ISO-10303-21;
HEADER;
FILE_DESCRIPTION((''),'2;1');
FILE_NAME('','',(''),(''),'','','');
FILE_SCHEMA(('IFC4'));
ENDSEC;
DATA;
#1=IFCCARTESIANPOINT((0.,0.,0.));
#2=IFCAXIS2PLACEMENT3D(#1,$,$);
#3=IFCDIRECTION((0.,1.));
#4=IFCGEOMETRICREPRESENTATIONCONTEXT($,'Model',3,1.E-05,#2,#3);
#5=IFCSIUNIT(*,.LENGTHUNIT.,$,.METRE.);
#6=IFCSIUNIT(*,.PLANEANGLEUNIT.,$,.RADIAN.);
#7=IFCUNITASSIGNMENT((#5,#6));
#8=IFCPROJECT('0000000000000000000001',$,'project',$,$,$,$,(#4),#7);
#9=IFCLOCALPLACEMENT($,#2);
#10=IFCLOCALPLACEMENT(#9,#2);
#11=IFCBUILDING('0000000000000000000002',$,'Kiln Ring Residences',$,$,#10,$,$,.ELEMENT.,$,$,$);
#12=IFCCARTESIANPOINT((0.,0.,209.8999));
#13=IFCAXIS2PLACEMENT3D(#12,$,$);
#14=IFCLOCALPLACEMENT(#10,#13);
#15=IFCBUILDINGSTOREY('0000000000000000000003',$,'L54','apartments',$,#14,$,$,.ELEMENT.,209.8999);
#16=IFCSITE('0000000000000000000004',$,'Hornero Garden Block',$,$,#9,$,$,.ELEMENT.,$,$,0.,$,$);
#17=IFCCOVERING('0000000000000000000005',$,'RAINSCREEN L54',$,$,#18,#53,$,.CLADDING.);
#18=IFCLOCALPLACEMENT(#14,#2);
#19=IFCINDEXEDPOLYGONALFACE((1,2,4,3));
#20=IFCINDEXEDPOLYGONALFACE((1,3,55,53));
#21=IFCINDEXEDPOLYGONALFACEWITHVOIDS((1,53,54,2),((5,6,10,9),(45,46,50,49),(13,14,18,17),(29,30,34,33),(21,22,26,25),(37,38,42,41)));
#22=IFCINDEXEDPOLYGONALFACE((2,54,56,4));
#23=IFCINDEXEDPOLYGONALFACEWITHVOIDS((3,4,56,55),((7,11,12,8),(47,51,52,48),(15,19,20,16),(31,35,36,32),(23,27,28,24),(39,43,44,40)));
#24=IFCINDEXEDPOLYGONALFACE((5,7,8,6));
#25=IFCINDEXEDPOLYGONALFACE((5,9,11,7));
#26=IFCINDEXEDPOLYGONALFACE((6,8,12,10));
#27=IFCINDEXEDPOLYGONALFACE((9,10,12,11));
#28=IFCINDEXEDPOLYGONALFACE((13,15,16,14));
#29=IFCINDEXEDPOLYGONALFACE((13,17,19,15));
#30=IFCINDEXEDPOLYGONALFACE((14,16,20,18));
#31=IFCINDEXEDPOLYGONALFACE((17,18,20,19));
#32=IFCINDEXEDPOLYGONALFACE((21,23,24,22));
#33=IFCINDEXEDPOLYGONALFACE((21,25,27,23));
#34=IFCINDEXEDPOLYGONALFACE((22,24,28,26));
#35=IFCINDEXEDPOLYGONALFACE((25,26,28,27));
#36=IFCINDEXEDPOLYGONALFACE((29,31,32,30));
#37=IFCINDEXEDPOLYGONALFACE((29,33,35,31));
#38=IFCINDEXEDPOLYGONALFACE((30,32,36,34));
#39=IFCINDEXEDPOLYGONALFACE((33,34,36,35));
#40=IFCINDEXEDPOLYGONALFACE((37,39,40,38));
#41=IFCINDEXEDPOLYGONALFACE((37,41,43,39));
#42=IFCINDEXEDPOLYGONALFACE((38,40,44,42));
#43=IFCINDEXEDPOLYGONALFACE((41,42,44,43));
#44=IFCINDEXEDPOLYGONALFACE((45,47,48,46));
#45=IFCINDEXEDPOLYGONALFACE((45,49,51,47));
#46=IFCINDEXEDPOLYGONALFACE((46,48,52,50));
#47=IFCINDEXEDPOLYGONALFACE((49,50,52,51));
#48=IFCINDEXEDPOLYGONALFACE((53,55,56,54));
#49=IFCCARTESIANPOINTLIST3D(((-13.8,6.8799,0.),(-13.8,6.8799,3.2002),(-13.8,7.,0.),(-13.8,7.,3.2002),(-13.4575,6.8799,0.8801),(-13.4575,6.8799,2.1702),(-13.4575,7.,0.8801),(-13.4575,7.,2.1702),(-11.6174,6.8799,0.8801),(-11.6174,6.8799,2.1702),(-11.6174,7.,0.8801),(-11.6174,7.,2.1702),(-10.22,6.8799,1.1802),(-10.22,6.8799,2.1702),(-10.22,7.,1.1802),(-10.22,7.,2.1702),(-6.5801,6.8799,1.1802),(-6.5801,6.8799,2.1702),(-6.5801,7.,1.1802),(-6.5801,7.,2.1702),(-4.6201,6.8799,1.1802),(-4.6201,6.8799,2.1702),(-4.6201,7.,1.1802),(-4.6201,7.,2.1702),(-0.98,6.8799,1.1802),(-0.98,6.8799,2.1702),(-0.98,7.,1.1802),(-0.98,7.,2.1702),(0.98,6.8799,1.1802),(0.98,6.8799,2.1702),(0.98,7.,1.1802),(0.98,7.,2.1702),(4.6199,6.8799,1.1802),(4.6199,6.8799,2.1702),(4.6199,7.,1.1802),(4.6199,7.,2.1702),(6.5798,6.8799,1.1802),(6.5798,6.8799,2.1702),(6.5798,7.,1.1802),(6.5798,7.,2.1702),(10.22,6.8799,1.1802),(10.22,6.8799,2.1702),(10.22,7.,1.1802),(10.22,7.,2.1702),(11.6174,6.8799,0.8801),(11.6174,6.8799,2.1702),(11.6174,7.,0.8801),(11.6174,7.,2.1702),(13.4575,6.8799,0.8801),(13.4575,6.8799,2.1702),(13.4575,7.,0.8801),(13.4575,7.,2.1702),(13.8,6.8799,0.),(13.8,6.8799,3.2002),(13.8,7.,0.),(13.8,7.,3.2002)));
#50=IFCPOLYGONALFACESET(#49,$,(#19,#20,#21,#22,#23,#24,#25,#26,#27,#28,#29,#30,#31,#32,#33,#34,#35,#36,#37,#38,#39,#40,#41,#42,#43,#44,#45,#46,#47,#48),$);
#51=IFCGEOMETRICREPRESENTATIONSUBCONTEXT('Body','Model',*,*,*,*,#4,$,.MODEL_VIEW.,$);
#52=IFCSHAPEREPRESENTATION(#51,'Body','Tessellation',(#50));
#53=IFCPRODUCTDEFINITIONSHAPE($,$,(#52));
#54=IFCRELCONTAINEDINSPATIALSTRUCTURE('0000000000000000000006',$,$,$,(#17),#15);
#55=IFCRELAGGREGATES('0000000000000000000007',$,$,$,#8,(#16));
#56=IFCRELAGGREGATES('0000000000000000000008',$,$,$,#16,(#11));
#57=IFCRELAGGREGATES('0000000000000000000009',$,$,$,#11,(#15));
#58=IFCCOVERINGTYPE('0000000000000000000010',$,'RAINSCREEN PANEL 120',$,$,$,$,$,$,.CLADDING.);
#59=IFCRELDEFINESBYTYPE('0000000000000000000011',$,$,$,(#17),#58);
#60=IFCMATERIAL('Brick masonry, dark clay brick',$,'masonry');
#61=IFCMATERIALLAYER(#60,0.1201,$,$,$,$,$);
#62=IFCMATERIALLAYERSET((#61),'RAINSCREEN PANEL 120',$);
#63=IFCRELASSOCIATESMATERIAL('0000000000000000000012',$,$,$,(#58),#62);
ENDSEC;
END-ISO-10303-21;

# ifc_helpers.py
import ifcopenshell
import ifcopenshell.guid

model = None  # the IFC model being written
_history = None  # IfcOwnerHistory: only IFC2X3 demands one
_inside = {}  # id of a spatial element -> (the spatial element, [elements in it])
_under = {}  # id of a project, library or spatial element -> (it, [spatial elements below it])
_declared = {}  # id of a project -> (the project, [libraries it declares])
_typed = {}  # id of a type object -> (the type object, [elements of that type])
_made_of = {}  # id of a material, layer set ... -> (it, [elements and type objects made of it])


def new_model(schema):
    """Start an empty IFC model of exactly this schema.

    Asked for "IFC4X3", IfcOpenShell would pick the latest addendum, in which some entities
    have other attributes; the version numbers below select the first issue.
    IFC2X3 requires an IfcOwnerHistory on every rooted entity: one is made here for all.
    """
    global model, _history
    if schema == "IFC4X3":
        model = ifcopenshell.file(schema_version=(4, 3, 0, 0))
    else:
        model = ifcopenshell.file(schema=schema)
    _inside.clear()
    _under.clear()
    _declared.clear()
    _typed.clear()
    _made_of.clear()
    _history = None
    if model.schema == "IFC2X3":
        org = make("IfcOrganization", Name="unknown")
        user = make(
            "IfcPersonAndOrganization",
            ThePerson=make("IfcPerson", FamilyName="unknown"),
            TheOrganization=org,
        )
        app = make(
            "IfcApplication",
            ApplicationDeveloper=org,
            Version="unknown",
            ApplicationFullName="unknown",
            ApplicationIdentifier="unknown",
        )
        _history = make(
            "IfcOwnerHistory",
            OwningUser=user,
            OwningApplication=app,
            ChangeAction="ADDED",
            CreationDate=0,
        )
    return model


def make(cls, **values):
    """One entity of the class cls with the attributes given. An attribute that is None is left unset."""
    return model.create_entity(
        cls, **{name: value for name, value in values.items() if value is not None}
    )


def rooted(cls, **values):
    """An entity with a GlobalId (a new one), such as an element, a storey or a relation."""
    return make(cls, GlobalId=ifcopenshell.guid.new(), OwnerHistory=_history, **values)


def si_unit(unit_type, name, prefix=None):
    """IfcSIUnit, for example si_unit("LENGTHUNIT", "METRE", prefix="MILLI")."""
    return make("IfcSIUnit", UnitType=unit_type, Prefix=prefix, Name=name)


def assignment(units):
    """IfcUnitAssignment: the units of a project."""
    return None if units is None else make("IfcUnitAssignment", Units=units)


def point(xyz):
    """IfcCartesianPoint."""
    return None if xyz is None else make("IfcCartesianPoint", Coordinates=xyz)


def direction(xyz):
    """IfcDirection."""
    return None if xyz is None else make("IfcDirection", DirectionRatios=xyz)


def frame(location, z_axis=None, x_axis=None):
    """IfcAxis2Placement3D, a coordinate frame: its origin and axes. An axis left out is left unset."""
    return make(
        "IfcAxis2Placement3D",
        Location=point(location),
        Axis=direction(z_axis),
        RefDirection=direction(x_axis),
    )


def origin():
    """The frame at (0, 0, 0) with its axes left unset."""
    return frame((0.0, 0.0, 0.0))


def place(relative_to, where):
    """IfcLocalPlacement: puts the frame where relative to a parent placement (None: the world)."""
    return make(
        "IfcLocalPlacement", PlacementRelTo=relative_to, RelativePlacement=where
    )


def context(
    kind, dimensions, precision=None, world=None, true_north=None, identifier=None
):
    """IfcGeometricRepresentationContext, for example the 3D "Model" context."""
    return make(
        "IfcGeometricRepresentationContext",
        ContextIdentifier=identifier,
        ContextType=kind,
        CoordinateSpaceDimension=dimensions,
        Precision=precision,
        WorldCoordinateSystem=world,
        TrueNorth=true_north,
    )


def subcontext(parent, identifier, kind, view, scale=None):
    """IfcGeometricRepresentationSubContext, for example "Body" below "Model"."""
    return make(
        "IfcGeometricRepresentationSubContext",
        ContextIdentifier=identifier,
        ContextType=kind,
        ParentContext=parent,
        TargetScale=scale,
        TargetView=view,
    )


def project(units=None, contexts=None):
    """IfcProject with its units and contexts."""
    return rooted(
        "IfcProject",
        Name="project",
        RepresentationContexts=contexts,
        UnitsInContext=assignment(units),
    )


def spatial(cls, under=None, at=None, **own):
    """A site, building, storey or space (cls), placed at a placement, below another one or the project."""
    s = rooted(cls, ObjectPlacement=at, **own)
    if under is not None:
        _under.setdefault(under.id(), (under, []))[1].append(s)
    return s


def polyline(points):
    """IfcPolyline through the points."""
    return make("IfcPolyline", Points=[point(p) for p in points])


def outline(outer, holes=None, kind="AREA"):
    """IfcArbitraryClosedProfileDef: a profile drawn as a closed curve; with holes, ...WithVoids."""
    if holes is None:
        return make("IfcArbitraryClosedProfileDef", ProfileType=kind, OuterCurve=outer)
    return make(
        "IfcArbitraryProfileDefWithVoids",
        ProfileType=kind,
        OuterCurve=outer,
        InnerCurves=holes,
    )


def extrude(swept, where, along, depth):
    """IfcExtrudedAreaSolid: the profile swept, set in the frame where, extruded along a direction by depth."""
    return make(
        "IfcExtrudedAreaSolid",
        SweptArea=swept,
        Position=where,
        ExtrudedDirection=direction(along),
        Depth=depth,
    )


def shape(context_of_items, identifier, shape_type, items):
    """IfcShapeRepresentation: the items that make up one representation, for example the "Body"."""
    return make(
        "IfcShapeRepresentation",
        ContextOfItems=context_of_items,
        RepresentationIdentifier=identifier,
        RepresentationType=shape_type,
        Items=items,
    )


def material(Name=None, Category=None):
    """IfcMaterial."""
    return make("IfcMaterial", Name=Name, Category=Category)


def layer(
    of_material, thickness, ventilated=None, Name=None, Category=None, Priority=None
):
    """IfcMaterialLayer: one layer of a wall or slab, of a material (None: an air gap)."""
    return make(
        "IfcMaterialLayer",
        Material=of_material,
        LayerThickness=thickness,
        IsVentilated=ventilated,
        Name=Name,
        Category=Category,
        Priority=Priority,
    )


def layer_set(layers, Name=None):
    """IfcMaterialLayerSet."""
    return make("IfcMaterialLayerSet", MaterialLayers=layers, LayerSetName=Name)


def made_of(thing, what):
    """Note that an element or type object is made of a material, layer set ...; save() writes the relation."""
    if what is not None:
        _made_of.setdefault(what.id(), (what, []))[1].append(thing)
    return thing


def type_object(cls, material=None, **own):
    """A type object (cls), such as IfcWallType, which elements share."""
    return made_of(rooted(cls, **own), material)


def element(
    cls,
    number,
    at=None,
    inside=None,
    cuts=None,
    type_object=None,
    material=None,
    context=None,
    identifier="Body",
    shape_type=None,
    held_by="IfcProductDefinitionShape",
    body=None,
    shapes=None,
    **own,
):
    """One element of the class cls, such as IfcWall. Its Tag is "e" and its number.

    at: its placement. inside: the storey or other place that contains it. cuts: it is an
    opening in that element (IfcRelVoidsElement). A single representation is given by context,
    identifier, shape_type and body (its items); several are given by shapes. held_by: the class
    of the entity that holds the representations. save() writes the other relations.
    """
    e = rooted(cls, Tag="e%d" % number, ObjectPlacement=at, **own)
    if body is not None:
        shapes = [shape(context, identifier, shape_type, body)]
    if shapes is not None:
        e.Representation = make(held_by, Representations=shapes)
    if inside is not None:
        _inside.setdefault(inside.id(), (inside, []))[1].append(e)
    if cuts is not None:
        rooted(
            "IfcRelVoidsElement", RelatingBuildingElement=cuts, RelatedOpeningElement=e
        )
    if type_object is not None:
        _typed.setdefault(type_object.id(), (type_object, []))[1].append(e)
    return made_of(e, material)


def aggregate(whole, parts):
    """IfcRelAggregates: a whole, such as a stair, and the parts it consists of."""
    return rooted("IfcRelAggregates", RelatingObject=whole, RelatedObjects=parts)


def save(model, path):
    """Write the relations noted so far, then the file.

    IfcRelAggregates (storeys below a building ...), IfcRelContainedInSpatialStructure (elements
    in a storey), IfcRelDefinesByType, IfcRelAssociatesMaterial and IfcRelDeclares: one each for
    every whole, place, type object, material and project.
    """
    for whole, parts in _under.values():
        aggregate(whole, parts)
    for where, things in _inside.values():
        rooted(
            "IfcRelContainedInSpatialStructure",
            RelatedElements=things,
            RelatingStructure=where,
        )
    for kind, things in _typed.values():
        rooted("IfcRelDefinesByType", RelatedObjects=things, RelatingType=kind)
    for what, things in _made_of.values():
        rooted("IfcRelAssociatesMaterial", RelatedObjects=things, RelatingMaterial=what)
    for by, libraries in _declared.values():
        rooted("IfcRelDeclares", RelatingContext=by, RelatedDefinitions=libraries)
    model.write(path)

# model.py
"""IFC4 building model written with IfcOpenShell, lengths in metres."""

from ifc_helpers import new_model, si_unit, direction, frame, origin, place, context, subcontext, project, spatial, polyline, outline, extrude, material, layer, layer_set, type_object, element, save


model = new_model("IFC4")

# Units and contexts
model_context = context("Model", 3, precision=1e-05, world=origin(), true_north=direction((0.0, 1.0)))
body_context = subcontext(model_context, "Body", "Model", "MODEL_VIEW")
ifc_project = project(units=[si_unit("LENGTHUNIT", "METRE"), si_unit("PLANEANGLEUNIT", "RADIAN")], contexts=[model_context])

# Site, building, storey
site_placement = place(None, origin())
site = spatial("IfcSite", under=ifc_project, at=site_placement, Name="Hornero Garden Block", CompositionType="ELEMENT", RefElevation=0.0)
building_placement = place(site_placement, origin())
building = spatial("IfcBuilding", under=site, at=building_placement, Name="Kiln Ring Residences", CompositionType="ELEMENT")
storey_placement = place(building_placement, frame((0.0, 0.0, 209.8999)))
storey = spatial("IfcBuildingStorey", under=building, at=storey_placement, Name="L54", Description="apartments", CompositionType="ELEMENT", Elevation=209.8999)

# Covering
ifc_material_1 = material(Name="Brick masonry, dark clay brick", Category="masonry")
ifc_layer_1 = layer(ifc_material_1, 0.1201)
ifc_layer_set_1 = layer_set([ifc_layer_1], Name="RAINSCREEN PANEL 120")
covering_type = type_object("IfcCoveringType", Name="RAINSCREEN PANEL 120", PredefinedType="CLADDING", material=ifc_layer_set_1)
covering_placement = place(storey_placement, frame((-13.8, 6.9399, 0.0), z_axis=(0.0, 0.0, 1.0), x_axis=(1.0, 0.0, 0.0)))
element("IfcCovering", 1, at=covering_placement, inside=storey, type_object=covering_type, Name="RAINSCREEN L54", PredefinedType="CLADDING", context=body_context, shape_type="SweptSolid", body=[
    extrude(outline(polyline([(0.0, 0.0), (27.6001, 0.0), (27.6001, 3.2002), (0.0, 3.2002), (0.0, 0.0)]), holes=[polyline([(2.1826, 0.8801), (2.1826, 2.1702), (0.3425, 2.1702), (0.3425, 0.8801), (2.1826, 0.8801)]), polyline([(25.4175, 0.8801), (27.2576, 0.8801), (27.2576, 2.1702), (25.4175, 2.1702), (25.4175, 0.8801)]), polyline([(3.5801, 1.1802), (7.22, 1.1802), (7.22, 2.1702), (3.5801, 2.1702), (3.5801, 1.1802)]), polyline([(12.8201, 1.1802), (12.8201, 2.1702), (9.1799, 2.1702), (9.1799, 1.1802), (12.8201, 1.1802)]), polyline([(14.78, 1.1802), (18.4199, 1.1802), (18.4199, 2.1702), (14.78, 2.1702), (14.78, 1.1802)]), polyline([(20.3799, 1.1802), (24.02, 1.1802), (24.02, 2.1702), (20.3799, 2.1702), (20.3799, 1.1802)])]), frame((0.0, 0.0601, 0.0), z_axis=(0.0, -1.0, 0.0), x_axis=(1.0, 0.0, 0.0)), (0.0, 0.0, 1.0), 0.1201),
])

save(model, "model.ifc")
